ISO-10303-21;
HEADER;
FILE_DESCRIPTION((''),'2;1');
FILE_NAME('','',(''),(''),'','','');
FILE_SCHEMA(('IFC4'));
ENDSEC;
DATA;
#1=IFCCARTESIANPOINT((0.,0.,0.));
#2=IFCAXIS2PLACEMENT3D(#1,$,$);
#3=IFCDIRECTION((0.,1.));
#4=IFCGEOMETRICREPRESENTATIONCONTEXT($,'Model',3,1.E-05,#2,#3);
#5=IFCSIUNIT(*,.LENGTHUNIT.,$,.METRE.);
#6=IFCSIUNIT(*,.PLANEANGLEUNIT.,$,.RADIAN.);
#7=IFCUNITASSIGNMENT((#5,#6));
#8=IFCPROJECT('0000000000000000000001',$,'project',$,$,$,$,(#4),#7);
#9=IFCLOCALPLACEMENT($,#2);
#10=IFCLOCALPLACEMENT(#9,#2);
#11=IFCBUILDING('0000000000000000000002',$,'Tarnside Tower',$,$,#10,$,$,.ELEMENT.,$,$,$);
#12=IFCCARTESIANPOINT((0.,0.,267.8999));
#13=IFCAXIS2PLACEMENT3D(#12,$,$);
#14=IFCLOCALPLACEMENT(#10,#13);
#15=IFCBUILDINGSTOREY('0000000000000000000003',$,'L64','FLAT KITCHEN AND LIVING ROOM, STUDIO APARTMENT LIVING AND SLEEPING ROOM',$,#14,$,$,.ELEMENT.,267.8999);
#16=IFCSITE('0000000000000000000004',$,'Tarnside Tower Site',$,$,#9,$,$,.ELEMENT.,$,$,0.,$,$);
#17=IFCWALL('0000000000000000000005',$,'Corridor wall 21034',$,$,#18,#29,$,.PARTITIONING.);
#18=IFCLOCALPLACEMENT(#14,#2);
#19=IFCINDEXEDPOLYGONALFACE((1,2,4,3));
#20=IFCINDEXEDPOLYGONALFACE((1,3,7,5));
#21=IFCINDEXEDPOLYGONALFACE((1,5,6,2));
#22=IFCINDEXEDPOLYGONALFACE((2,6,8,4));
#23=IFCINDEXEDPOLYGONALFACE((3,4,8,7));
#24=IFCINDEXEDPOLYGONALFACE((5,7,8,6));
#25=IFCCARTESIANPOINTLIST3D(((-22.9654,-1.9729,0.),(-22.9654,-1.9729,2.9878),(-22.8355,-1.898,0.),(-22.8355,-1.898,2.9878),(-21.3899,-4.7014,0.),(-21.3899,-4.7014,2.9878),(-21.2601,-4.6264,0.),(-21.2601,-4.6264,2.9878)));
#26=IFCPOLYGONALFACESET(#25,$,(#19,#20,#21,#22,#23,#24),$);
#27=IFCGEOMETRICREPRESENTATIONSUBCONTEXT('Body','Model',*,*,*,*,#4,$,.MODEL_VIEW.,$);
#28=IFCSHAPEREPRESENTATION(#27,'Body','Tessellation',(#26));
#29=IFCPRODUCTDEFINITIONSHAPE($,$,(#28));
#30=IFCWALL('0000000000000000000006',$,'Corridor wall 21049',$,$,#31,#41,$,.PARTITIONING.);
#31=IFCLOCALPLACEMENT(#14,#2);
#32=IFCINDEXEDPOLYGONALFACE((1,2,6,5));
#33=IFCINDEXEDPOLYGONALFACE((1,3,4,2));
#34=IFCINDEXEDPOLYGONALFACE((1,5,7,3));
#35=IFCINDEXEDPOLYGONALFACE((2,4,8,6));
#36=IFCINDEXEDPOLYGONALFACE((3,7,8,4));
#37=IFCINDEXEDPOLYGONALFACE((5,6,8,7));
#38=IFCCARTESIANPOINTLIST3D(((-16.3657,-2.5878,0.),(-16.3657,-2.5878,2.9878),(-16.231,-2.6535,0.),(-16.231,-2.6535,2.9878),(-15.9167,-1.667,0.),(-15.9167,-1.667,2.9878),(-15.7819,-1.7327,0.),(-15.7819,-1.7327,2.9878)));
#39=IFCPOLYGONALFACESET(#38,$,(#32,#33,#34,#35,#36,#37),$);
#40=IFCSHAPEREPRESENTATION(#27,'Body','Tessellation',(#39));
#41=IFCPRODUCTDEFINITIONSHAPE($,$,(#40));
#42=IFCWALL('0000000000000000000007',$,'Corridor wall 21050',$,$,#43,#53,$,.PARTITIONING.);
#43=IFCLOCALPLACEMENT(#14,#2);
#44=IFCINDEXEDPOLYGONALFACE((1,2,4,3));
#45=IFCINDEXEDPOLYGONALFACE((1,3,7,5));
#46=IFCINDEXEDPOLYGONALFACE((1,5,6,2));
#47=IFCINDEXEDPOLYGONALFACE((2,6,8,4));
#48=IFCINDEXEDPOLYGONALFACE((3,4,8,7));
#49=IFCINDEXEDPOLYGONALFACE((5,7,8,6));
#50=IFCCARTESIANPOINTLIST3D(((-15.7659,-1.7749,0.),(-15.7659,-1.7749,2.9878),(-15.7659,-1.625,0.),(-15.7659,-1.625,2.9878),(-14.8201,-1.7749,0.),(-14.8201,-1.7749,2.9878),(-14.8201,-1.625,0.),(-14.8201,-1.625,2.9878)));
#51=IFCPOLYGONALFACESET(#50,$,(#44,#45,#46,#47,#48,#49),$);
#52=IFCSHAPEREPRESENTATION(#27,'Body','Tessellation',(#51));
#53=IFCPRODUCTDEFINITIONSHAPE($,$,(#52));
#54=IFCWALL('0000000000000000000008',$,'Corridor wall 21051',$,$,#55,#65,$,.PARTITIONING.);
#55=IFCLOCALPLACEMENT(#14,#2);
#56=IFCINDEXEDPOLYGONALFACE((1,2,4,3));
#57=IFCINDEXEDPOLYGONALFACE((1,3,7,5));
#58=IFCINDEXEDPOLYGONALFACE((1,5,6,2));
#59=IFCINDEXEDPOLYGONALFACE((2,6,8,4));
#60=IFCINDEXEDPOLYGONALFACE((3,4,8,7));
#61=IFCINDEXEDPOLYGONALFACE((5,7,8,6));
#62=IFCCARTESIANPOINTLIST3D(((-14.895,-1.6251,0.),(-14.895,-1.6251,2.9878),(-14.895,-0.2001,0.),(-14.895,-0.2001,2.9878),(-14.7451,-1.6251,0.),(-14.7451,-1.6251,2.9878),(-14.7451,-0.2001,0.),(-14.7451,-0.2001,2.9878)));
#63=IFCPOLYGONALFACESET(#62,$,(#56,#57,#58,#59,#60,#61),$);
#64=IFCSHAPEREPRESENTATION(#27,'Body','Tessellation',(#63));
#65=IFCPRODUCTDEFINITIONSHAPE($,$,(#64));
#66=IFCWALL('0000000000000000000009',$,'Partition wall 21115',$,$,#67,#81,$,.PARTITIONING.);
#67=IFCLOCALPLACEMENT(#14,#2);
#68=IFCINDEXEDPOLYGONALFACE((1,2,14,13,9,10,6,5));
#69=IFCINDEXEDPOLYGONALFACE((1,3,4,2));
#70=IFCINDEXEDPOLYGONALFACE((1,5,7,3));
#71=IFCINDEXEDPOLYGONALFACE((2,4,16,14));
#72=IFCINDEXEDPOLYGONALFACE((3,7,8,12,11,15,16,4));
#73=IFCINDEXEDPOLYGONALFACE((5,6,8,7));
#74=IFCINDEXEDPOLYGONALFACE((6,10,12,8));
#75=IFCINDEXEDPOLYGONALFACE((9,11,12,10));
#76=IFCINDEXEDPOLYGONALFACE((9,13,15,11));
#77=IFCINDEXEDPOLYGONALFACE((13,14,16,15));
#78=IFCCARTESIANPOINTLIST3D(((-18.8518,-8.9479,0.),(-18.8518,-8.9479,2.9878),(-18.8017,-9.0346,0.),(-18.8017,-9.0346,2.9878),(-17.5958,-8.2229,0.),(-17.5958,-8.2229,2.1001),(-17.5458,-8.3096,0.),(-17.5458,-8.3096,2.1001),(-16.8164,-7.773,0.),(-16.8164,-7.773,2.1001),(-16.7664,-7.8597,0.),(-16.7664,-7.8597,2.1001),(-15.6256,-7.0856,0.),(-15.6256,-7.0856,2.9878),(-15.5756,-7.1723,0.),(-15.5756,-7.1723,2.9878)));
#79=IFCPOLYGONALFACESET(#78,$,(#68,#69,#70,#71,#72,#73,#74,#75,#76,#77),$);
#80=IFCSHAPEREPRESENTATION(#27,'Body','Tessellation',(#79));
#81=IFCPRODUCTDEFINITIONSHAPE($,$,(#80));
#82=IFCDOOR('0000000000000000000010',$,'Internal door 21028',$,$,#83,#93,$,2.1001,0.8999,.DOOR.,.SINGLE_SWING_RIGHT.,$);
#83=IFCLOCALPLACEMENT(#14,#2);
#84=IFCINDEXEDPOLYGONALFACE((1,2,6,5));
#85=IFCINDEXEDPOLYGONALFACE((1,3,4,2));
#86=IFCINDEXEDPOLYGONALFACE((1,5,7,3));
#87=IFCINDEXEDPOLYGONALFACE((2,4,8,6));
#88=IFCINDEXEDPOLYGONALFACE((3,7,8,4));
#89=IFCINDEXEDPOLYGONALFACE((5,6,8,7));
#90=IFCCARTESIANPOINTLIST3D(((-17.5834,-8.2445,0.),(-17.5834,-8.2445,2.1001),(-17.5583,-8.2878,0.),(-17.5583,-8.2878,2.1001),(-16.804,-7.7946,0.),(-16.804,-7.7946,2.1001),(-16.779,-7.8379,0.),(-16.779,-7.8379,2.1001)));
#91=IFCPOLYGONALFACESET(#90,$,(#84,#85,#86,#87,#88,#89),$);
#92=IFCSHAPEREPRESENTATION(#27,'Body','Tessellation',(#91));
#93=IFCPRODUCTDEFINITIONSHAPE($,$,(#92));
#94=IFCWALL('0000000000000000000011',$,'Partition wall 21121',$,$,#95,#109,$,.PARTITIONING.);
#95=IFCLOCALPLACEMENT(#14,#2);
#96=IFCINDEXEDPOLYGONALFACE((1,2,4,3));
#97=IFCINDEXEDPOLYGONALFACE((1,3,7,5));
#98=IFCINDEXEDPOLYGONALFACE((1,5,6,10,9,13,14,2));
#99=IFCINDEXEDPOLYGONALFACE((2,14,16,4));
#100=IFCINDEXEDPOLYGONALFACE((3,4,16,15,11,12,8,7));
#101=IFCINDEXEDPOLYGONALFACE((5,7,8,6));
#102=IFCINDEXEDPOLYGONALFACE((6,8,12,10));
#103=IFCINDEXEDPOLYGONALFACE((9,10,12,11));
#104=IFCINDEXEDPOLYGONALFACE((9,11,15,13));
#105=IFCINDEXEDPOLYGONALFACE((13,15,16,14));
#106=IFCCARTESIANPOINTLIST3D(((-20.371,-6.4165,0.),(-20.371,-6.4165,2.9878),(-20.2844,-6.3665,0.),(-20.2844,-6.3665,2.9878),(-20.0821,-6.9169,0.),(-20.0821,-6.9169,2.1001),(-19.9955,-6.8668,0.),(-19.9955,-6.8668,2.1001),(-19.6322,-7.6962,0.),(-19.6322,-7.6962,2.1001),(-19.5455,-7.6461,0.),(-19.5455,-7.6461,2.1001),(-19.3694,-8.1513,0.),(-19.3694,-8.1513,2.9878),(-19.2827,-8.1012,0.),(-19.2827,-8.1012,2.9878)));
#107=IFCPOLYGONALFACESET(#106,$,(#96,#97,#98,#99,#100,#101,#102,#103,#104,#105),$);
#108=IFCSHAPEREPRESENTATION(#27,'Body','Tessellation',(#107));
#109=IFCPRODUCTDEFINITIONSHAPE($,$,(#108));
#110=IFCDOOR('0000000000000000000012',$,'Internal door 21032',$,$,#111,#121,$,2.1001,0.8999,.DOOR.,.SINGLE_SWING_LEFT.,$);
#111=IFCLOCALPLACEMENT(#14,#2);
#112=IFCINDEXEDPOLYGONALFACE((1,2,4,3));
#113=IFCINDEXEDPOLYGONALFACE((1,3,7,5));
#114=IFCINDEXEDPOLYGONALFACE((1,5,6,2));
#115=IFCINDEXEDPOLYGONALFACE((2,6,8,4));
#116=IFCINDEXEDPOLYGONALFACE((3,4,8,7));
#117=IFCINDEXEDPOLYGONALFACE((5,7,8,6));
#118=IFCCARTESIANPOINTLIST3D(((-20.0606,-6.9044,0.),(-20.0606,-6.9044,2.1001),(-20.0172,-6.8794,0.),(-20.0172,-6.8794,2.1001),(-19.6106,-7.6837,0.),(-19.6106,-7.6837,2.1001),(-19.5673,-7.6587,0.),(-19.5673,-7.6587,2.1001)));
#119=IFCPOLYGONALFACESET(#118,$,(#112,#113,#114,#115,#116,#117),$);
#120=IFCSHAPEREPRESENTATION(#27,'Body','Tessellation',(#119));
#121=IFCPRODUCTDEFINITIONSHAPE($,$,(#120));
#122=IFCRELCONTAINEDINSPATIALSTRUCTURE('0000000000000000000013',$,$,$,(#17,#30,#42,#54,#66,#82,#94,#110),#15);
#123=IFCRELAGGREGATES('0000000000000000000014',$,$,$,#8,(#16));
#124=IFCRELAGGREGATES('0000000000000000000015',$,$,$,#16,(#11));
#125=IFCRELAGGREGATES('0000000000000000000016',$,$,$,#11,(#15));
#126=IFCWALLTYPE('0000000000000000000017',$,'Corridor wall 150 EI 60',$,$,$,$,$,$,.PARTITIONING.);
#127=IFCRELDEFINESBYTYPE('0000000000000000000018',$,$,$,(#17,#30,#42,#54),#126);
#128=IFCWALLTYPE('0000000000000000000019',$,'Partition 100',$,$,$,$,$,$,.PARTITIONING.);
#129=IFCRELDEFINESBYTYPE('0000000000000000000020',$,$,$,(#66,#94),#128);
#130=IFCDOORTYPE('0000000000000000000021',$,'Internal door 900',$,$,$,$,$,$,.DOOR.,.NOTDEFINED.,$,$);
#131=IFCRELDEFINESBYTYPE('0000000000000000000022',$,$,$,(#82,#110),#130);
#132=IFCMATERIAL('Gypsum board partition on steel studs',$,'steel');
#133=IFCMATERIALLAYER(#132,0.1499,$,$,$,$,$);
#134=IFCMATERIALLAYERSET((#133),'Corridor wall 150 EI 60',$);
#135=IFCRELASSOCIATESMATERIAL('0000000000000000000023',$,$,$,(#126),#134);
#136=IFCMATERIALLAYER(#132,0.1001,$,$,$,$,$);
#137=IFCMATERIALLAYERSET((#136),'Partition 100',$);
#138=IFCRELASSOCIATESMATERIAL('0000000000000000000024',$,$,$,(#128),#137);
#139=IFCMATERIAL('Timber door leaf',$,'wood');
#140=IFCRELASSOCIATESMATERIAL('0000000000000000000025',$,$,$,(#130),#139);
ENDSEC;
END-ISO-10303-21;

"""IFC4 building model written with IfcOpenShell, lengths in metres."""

from ifc_helpers import new_model, si_unit, direction, frame, frame_2d, origin, place, context, subcontext, project, spatial, rectangle, extrude, material, layer, layer_set, type_object, element, fill, save


model = new_model("IFC4")

# Units and contexts
model_context = context("Model", 3, precision=1e-05, world=origin(), true_north=direction((0.0, 1.0)))
body_context = subcontext(model_context, "Body", "Model", "MODEL_VIEW")
ifc_project = project(units=[si_unit("LENGTHUNIT", "METRE"), si_unit("PLANEANGLEUNIT", "RADIAN")], contexts=[model_context])

# Site, building, storey
site_placement = place(None, origin())
site = spatial("IfcSite", under=ifc_project, at=site_placement, Name="Tarnside Tower Site", CompositionType="ELEMENT", RefElevation=0.0)
building_placement = place(site_placement, origin())
building = spatial("IfcBuilding", under=site, at=building_placement, Name="Tarnside Tower", CompositionType="ELEMENT")
storey_placement = place(building_placement, frame((0.0, 0.0, 267.8999)))
storey = spatial("IfcBuildingStorey", under=building, at=storey_placement, Name="L64", Description="FLAT KITCHEN AND LIVING ROOM, STUDIO APARTMENT LIVING AND SLEEPING ROOM", CompositionType="ELEMENT", Elevation=267.8999)

# Shared definitions
ifc_material_1 = material(Name="Gypsum board partition on steel studs", Category="steel")
ifc_material_2 = material(Name="Timber door leaf", Category="wood")

# Shared definitions
ifc_layer_1 = layer(ifc_material_1, 0.1499)
ifc_layer_set_1 = layer_set([ifc_layer_1], Name="Corridor wall 150 EI 60")
wall_type_1 = type_object("IfcWallType", Name="Corridor wall 150 EI 60", PredefinedType="PARTITIONING", material=ifc_layer_set_1)

# Walls
wall_1_placement = place(storey_placement, frame((-22.9004, -1.9355, 0.0), z_axis=(0.0, 0.0, 1.0), x_axis=(0.500031, -0.866008, 0.0)))
element("IfcWall", 1, at=wall_1_placement, inside=storey, type_object=wall_type_1, Name="Corridor wall 21034", PredefinedType="PARTITIONING", context=body_context, shape_type="SweptSolid", body=[
    extrude(rectangle(XDim=3.1506, YDim=0.1499, at=frame_2d((1.5752, 0.0))), origin(), (0.0, 0.0, 1.0), 2.9878),
])
wall_2_placement = place(storey_placement, frame((-16.2983, -2.6206, 0.0), z_axis=(0.0, 0.0, 1.0), x_axis=(0.438325, 0.898817, 0.0)))
element("IfcWall", 2, at=wall_2_placement, inside=storey, type_object=wall_type_1, Name="Corridor wall 21049", PredefinedType="PARTITIONING", context=body_context, shape_type="SweptSolid", body=[
    extrude(rectangle(XDim=1.0244, YDim=0.1499, at=frame_2d((0.5122, 0.0))), origin(), (0.0, 0.0, 1.0), 2.9878),
])
wall_3_placement = place(storey_placement, frame((-15.7659, -1.7, 0.0), z_axis=(0.0, 0.0, 1.0), x_axis=(1.0, 0.0, 0.0)))
element("IfcWall", 3, at=wall_3_placement, inside=storey, type_object=wall_type_1, Name="Corridor wall 21050", PredefinedType="PARTITIONING", context=body_context, shape_type="SweptSolid", body=[
    extrude(rectangle(XDim=0.9458, YDim=0.1499, at=frame_2d((0.4729, 0.0))), origin(), (0.0, 0.0, 1.0), 2.9878),
])
wall_4_placement = place(storey_placement, frame((-14.8201, -1.625, 0.0), z_axis=(0.0, 0.0, 1.0), x_axis=(0.0, 1.0, 0.0)))
element("IfcWall", 4, at=wall_4_placement, inside=storey, type_object=wall_type_1, Name="Corridor wall 21051", PredefinedType="PARTITIONING", context=body_context, shape_type="SweptSolid", body=[
    extrude(rectangle(XDim=1.425, YDim=0.1499, at=frame_2d((0.7124, 0.0))), origin(), (0.0, 0.0, 1.0), 2.9878),
])

# Walls, openings, doors
ifc_layer_2 = layer(ifc_material_1, 0.1001)
ifc_layer_set_2 = layer_set([ifc_layer_2], Name="Partition 100")
wall_type_2 = type_object("IfcWallType", Name="Partition 100", PredefinedType="PARTITIONING", material=ifc_layer_set_2)
wall_5_placement = place(storey_placement, frame((-15.6006, -7.1289, 0.0), z_axis=(0.0, 0.0, 1.0), x_axis=(-0.866057, -0.499946, 0.0)))
wall_5 = element("IfcWall", 5, at=wall_5_placement, inside=storey, type_object=wall_type_2, Name="Partition wall 21115", PredefinedType="PARTITIONING", context=body_context, shape_type="SweptSolid", body=[
    extrude(rectangle(XDim=3.7251, YDim=0.1001, at=frame_2d((1.8625, 0.0))), origin(), (0.0, 0.0, 1.0), 2.9878),
])
opening_1_placement = place(wall_5_placement, frame((1.375, 0.0, 0.0)))
opening_1 = element("IfcOpeningElement", 6, at=opening_1_placement, cuts=wall_5, PredefinedType="OPENING", context=body_context, shape_type="SweptSolid", body=[
    extrude(rectangle(XDim=0.8999, YDim=2.1001, at=frame_2d((0.45, 1.05))), frame((0.0, 0.0601, 0.0), z_axis=(0.0, -1.0, 0.0), x_axis=(1.0, 0.0, 0.0)), (0.0, 0.0, 1.0), 0.1201),
])
door_type_1 = type_object("IfcDoorType", Name="Internal door 900", OperationType="NOTDEFINED", PredefinedType="DOOR", material=ifc_material_2)
door_1_placement = place(opening_1_placement, origin())
door_1 = element("IfcDoor", 7, at=door_1_placement, inside=storey, type_object=door_type_1, Name="Internal door 21028", OperationType="SINGLE_SWING_RIGHT", OverallHeight=2.1001, OverallWidth=0.8999, PredefinedType="DOOR", context=body_context, shape_type="SweptSolid", body=[
    extrude(rectangle(XDim=0.8999, YDim=2.1001, at=frame_2d((0.45, 1.05))), frame((0.0, 0.0249, 0.0), z_axis=(0.0, -1.0, 0.0), x_axis=(1.0, 0.0, 0.0)), (0.0, 0.0, 1.0), 0.05),
])
fill(opening_1, door_1)
wall_6_placement = place(storey_placement, frame((-20.3276, -6.3916, 0.0), z_axis=(0.0, 0.0, 1.0), x_axis=(0.500032, -0.866007, 0.0)))
wall_6 = element("IfcWall", 8, at=wall_6_placement, inside=storey, type_object=wall_type_2, Name="Partition wall 21121", PredefinedType="PARTITIONING", context=body_context, shape_type="SweptSolid", body=[
    extrude(rectangle(XDim=2.0032, YDim=0.1001, at=frame_2d((1.0015, 0.0))), origin(), (0.0, 0.0, 1.0), 2.9878),
])
opening_2_placement = place(wall_6_placement, frame((0.5776, 0.0, 0.0)))
opening_2 = element("IfcOpeningElement", 9, at=opening_2_placement, cuts=wall_6, PredefinedType="OPENING", context=body_context, shape_type="SweptSolid", body=[
    extrude(rectangle(XDim=0.8999, YDim=2.1001, at=frame_2d((0.45, 1.05))), frame((0.0, 0.0601, 0.0), z_axis=(0.0, -1.0, 0.0), x_axis=(1.0, 0.0, 0.0)), (0.0, 0.0, 1.0), 0.1201),
])
door_2_placement = place(opening_2_placement, origin())
door_2 = element("IfcDoor", 10, at=door_2_placement, inside=storey, type_object=door_type_1, Name="Internal door 21032", OperationType="SINGLE_SWING_LEFT", OverallHeight=2.1001, OverallWidth=0.8999, PredefinedType="DOOR", context=body_context, shape_type="SweptSolid", body=[
    extrude(rectangle(XDim=0.8999, YDim=2.1001, at=frame_2d((0.45, 1.05))), frame((0.0, 0.0249, 0.0), z_axis=(0.0, -1.0, 0.0), x_axis=(1.0, 0.0, 0.0)), (0.0, 0.0, 1.0), 0.05),
])
fill(opening_2, door_2)

save(model, "model.ifc")
